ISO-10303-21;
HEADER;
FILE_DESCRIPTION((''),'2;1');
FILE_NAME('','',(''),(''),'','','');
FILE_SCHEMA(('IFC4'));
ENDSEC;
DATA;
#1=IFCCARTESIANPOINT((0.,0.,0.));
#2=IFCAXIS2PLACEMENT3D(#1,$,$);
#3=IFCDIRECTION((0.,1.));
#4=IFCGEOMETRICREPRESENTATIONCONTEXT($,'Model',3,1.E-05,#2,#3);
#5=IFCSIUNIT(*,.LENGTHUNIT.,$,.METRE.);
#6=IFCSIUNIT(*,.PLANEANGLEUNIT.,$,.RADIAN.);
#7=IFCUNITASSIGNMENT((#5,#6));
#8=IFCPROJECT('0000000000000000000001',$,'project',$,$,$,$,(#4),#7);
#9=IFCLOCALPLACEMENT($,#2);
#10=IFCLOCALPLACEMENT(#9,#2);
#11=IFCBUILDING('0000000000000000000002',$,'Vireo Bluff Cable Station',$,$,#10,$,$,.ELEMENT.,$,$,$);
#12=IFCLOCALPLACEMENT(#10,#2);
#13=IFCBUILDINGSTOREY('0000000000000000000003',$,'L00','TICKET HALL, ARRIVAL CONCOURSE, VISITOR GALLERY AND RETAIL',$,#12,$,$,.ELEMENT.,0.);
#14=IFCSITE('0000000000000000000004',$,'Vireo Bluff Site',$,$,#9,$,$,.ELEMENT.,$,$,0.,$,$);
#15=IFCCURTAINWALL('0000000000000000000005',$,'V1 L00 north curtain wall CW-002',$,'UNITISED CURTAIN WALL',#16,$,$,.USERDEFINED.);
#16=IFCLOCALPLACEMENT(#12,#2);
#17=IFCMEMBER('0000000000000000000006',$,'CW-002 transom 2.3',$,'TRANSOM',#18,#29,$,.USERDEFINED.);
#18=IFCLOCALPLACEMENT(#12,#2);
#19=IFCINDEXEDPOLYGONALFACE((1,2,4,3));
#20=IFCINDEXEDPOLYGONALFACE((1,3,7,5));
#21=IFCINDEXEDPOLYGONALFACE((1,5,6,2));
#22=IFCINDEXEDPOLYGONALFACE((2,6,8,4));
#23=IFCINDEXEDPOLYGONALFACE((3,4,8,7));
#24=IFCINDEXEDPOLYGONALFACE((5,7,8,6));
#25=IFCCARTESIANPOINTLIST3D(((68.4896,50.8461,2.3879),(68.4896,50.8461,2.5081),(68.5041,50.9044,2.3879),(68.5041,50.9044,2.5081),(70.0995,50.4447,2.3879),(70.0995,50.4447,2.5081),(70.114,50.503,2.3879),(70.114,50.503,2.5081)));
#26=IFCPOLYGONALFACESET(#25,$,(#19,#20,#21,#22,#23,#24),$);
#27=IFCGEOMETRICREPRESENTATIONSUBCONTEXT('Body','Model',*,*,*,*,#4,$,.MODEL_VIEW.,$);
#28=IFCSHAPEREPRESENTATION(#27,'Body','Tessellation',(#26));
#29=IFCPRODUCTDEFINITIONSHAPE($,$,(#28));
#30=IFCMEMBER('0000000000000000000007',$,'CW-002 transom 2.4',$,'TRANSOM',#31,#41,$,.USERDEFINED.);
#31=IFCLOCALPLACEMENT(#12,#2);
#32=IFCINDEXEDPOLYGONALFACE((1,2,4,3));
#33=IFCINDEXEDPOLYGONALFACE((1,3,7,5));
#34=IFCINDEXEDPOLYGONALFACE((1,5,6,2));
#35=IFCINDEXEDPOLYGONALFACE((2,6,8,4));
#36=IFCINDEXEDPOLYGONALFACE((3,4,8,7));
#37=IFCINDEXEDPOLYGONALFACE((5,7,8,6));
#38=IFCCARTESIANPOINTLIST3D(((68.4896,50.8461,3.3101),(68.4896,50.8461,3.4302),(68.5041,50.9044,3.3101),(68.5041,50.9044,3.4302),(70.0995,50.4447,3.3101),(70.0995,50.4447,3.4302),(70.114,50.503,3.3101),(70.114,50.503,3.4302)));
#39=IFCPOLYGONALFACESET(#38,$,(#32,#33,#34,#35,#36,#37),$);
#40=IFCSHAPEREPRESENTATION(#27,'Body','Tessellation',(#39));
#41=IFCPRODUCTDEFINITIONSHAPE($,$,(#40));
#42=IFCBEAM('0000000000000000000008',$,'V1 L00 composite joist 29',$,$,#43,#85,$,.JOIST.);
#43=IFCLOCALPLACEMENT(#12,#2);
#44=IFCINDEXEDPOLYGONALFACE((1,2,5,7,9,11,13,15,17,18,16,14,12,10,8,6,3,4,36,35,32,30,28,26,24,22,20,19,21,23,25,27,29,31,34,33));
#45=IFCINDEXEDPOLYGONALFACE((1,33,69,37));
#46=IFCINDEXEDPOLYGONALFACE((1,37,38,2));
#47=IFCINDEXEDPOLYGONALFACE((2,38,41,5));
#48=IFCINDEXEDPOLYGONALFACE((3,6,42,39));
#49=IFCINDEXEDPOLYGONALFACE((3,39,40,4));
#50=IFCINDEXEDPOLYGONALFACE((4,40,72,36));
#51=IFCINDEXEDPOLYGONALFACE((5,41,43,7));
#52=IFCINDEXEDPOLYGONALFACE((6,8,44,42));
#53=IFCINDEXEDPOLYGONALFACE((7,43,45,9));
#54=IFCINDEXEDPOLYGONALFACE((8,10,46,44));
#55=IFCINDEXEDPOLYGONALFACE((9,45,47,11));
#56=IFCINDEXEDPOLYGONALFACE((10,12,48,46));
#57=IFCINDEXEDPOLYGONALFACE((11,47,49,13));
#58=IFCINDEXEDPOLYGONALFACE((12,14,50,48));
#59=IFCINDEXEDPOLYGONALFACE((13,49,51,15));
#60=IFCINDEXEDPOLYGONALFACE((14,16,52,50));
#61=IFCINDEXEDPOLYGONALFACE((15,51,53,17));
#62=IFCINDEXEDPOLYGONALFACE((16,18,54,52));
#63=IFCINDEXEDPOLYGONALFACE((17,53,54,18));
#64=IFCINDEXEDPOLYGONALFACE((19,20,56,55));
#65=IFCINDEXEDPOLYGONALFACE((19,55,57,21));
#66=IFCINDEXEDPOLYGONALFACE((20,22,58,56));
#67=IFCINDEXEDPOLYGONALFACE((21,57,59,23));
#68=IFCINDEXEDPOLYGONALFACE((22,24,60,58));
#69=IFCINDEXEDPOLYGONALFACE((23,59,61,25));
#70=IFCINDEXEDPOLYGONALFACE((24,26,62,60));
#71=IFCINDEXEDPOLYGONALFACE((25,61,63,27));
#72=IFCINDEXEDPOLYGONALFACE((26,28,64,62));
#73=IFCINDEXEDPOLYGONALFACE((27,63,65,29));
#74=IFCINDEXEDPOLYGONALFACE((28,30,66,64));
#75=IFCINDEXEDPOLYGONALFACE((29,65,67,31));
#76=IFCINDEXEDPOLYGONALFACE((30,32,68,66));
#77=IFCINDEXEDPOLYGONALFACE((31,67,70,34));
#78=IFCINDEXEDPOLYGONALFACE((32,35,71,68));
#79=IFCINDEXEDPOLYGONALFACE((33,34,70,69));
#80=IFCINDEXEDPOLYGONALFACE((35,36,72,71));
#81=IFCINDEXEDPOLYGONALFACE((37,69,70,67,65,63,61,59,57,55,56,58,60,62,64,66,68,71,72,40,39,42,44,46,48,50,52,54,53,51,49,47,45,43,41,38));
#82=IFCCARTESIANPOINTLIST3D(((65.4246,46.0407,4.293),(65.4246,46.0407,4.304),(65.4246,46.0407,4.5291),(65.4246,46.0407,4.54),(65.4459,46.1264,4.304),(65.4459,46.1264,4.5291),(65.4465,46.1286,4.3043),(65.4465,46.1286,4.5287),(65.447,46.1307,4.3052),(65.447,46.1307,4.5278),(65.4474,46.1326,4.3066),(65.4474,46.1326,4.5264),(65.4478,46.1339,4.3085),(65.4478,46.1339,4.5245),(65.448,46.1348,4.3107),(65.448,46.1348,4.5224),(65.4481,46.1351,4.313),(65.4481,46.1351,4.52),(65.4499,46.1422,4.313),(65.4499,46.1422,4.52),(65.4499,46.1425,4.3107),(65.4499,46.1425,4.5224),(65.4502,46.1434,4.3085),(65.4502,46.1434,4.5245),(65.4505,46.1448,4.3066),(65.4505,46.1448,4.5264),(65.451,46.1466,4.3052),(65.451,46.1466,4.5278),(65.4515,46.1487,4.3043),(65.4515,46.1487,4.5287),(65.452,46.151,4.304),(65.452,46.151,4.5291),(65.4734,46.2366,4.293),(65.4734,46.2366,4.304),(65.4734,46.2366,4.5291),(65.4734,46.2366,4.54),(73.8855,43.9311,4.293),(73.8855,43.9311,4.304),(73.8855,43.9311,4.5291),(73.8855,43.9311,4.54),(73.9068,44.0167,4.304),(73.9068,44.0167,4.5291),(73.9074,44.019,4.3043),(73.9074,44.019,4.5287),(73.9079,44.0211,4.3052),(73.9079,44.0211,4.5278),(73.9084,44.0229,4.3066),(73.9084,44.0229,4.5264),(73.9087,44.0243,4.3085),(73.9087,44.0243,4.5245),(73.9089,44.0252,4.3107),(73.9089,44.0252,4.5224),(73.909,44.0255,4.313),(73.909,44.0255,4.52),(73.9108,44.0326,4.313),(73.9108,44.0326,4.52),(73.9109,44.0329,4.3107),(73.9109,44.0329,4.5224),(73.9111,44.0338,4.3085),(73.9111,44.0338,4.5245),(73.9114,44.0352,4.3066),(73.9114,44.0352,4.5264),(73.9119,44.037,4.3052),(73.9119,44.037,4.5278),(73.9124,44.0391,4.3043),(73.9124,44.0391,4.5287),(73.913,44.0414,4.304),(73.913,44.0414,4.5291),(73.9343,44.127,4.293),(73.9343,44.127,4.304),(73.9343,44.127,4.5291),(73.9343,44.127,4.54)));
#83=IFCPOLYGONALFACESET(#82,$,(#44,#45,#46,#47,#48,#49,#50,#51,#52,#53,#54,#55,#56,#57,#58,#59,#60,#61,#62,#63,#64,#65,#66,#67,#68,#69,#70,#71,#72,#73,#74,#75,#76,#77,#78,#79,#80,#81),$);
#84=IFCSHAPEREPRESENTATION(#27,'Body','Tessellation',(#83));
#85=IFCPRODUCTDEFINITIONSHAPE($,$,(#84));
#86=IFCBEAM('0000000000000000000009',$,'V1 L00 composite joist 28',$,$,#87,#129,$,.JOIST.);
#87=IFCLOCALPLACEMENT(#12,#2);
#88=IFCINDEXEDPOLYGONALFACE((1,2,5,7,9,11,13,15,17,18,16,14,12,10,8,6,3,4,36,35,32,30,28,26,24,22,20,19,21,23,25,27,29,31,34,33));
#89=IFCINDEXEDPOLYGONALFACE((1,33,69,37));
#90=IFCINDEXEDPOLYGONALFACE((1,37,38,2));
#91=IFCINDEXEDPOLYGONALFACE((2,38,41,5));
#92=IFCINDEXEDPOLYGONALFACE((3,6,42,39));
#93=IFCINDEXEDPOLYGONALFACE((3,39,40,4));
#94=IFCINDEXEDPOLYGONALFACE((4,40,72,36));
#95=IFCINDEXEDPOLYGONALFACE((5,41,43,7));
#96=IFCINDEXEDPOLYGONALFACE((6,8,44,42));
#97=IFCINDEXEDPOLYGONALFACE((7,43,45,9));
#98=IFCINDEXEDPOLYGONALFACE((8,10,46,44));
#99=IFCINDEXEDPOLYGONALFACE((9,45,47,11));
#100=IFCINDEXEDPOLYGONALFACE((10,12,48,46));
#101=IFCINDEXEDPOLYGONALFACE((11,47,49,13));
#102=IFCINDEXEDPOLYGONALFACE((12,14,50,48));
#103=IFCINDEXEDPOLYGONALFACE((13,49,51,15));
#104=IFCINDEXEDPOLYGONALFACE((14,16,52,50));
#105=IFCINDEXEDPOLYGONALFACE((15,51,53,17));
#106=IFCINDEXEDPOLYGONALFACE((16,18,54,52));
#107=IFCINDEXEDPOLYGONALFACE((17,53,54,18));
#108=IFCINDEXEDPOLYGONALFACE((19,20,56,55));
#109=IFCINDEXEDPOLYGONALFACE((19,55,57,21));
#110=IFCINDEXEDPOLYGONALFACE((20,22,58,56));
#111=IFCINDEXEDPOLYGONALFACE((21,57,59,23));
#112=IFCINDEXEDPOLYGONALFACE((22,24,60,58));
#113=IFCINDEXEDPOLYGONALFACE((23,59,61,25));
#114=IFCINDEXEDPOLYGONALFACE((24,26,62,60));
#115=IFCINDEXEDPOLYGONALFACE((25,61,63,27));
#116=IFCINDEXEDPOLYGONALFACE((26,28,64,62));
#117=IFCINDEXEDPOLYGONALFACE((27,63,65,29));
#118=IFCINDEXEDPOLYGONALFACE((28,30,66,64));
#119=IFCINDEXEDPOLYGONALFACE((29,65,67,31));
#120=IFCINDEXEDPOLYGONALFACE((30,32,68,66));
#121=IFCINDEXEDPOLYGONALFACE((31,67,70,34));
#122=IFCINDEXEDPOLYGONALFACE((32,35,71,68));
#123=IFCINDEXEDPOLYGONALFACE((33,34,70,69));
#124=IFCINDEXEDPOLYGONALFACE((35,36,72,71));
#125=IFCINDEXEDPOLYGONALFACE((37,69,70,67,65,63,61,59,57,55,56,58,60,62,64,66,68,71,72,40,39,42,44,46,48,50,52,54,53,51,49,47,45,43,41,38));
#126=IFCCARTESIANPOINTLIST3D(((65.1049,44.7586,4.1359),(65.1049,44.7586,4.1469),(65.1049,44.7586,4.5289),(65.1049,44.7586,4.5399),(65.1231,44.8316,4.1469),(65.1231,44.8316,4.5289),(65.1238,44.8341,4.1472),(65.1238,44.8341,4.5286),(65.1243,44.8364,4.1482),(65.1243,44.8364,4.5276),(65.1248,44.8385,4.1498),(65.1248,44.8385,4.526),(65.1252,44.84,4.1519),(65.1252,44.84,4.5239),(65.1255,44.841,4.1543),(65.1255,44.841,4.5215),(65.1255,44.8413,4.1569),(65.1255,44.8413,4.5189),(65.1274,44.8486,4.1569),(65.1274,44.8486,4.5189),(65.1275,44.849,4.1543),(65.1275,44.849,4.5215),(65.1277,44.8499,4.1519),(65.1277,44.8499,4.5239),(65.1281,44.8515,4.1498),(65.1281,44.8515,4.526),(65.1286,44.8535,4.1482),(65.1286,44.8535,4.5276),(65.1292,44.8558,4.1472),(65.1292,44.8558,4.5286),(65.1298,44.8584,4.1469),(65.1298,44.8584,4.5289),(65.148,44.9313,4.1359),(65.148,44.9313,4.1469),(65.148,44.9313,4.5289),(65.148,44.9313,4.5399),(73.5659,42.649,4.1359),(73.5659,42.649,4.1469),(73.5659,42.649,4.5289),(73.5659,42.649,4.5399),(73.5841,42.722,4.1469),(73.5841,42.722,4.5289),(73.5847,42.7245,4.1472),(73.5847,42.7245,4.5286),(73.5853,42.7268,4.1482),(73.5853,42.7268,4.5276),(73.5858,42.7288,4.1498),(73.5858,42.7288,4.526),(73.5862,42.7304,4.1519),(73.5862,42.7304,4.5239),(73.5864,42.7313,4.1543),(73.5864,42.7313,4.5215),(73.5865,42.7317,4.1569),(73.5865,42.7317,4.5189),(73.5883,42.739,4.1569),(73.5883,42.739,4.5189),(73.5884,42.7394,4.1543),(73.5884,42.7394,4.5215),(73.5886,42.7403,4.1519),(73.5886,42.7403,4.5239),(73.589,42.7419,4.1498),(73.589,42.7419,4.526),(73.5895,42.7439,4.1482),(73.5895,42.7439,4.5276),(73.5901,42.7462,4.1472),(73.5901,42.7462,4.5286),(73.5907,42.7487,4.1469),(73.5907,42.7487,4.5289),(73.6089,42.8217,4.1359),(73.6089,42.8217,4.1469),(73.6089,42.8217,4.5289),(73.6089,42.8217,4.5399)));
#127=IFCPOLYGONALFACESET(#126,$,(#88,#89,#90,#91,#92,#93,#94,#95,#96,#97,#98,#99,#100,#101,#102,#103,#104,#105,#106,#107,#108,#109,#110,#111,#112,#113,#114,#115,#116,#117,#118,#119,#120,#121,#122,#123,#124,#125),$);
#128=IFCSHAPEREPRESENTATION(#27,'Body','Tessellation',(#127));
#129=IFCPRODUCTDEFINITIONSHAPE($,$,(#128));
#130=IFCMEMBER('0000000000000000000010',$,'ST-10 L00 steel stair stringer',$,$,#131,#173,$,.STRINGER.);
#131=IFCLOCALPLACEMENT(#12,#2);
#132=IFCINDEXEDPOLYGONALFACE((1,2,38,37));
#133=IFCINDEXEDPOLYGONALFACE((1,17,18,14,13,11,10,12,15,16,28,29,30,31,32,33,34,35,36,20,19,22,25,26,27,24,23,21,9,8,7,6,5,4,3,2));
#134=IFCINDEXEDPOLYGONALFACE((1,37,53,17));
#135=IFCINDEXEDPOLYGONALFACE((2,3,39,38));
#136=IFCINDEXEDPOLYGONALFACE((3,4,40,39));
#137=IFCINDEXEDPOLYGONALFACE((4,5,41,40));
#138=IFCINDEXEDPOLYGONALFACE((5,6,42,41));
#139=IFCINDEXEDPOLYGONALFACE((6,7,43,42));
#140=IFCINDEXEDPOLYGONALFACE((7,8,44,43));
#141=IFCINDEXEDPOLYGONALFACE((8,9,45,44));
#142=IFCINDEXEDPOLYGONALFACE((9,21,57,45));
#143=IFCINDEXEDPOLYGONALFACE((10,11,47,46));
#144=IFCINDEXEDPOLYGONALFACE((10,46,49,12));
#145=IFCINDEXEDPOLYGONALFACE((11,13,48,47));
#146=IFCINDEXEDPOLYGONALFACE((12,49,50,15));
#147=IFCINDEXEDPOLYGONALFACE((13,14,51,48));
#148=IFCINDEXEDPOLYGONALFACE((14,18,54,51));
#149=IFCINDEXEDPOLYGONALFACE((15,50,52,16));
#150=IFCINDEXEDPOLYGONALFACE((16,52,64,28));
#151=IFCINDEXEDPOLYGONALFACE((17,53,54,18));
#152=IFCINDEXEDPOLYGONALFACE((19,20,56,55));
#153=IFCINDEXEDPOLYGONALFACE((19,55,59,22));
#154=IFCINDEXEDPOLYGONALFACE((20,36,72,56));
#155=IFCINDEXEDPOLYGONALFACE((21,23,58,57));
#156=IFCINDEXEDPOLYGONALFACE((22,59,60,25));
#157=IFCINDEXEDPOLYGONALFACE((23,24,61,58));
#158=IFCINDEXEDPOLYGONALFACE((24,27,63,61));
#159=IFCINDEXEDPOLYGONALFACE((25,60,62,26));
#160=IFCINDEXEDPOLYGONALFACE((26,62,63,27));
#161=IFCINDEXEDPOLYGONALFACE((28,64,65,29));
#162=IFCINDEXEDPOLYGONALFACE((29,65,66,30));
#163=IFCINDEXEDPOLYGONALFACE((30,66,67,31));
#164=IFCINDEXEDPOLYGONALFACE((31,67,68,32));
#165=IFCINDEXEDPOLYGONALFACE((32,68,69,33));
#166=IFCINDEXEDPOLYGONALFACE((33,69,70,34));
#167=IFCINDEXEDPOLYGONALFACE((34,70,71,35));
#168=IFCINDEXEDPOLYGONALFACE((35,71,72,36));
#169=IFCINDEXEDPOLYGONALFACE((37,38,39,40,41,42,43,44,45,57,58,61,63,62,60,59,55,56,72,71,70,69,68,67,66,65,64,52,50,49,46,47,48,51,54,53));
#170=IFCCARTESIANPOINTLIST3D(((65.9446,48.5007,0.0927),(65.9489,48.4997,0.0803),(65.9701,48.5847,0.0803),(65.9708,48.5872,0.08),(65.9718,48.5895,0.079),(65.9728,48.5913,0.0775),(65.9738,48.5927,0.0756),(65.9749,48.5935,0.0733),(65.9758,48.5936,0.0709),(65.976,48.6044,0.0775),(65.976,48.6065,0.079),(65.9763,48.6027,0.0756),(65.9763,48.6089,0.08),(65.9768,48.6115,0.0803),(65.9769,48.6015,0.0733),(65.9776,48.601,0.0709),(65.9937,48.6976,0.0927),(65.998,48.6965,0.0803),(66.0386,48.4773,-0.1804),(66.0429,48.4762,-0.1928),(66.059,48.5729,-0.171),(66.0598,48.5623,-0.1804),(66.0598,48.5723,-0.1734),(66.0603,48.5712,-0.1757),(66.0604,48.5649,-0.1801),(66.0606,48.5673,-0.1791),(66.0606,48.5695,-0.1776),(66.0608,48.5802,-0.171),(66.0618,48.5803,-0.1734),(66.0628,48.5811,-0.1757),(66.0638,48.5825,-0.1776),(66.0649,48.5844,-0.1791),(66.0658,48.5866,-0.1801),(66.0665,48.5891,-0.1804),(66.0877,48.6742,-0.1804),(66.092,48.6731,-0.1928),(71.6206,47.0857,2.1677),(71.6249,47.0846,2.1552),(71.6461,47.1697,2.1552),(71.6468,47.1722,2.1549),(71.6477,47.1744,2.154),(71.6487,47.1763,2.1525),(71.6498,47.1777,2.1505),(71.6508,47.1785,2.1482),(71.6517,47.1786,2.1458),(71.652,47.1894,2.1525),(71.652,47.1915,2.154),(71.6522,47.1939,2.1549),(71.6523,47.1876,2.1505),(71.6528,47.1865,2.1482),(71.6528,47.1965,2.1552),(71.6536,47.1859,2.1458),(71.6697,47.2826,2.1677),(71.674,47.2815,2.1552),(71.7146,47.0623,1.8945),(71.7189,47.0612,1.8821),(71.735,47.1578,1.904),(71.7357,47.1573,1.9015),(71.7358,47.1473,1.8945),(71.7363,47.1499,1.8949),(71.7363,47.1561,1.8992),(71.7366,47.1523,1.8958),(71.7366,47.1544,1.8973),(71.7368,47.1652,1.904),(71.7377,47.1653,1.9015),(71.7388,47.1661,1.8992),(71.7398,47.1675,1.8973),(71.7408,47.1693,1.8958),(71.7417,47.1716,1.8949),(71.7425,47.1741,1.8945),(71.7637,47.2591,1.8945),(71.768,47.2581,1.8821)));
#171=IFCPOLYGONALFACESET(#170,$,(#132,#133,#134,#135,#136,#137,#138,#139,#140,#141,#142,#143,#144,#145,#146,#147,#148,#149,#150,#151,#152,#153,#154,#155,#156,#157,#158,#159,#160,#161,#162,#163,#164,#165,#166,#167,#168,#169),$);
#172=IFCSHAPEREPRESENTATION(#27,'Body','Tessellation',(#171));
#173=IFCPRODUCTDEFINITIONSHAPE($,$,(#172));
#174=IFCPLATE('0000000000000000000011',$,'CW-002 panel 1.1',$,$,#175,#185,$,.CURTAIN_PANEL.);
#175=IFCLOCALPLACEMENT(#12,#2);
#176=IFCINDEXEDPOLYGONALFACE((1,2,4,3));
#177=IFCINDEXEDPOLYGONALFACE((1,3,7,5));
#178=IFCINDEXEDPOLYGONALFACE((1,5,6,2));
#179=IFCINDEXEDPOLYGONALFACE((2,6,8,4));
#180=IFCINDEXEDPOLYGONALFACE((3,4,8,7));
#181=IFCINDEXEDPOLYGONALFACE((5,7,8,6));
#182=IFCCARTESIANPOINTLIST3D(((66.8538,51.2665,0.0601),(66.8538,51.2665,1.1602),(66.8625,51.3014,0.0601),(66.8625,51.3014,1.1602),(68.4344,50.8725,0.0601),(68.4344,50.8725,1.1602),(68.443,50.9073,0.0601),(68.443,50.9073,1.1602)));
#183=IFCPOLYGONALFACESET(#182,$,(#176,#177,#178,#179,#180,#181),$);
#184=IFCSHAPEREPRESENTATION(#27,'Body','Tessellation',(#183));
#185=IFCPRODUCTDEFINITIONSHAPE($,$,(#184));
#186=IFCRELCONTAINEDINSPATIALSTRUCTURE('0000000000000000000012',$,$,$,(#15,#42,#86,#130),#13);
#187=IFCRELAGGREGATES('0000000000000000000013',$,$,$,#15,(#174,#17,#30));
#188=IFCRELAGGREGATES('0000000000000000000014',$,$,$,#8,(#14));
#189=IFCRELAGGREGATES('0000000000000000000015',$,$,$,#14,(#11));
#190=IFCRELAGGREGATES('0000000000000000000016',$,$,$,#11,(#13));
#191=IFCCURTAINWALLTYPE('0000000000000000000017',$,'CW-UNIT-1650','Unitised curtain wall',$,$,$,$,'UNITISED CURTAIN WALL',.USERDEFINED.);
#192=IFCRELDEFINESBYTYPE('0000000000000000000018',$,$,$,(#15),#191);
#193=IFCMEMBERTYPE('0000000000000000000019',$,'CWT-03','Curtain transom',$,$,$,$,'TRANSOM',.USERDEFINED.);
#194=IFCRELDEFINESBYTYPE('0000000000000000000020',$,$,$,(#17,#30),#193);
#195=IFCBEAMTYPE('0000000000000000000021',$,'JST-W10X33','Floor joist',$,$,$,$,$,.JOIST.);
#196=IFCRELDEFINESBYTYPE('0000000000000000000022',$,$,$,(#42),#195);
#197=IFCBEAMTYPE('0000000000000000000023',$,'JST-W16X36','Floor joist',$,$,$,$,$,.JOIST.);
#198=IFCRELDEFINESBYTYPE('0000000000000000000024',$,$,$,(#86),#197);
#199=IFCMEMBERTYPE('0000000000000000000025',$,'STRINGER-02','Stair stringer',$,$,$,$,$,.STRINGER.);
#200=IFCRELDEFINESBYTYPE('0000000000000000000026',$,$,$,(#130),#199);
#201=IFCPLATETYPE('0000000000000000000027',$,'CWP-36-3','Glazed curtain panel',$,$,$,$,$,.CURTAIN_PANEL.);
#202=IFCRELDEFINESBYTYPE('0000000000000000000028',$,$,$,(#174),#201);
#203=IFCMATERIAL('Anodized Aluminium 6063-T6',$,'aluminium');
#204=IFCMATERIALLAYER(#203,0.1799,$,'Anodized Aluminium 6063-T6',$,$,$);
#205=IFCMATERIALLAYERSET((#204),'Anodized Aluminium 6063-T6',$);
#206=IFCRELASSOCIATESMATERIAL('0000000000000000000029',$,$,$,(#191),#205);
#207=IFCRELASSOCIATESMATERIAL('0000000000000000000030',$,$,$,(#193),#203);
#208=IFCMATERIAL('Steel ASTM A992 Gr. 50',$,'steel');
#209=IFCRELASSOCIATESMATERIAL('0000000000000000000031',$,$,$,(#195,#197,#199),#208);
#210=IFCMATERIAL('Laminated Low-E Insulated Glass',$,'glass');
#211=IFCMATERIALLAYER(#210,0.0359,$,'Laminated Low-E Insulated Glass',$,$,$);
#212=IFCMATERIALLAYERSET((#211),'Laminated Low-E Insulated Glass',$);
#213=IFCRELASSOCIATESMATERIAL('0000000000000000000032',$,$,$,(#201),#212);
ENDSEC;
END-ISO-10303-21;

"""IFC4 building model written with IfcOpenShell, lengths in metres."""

from ifc_helpers import new_model, si_unit, direction, frame, origin, origin_2d, place, context, subcontext, project, spatial, rectangle, i_section, extrude, material, layer, layer_set, material_profile, profile_set, type_object, element, aggregate, save


model = new_model("IFC4")

# Units and contexts
model_context = context("Model", 3, precision=1e-05, world=origin(), true_north=direction((0.0, 1.0)))
body_context = subcontext(model_context, "Body", "Model", "MODEL_VIEW")
ifc_project = project(units=[si_unit("LENGTHUNIT", "METRE"), si_unit("PLANEANGLEUNIT", "RADIAN")], contexts=[model_context])

# Site, building, storey
site_placement = place(None, origin())
site = spatial("IfcSite", under=ifc_project, at=site_placement, Name="Vireo Bluff Site", CompositionType="ELEMENT", RefElevation=0.0)
building_placement = place(site_placement, origin())
building = spatial("IfcBuilding", under=site, at=building_placement, Name="Vireo Bluff Cable Station", CompositionType="ELEMENT")
storey_placement = place(building_placement, origin())
storey = spatial("IfcBuildingStorey", under=building, at=storey_placement, Name="L00", Description="TICKET HALL, ARRIVAL CONCOURSE, VISITOR GALLERY AND RETAIL", CompositionType="ELEMENT", Elevation=0.0)

# Curtain wall, members
ifc_material_1 = material(Name="Anodized Aluminium 6063-T6", Category="aluminium")
ifc_layer_1 = layer(ifc_material_1, 0.1799, Name="Anodized Aluminium 6063-T6")
ifc_layer_set_1 = layer_set([ifc_layer_1], Name="Anodized Aluminium 6063-T6")
curtain_wall_type = type_object("IfcCurtainWallType", Name="CW-UNIT-1650", Description="Unitised curtain wall", ElementType="UNITISED CURTAIN WALL", PredefinedType="USERDEFINED", material=ifc_layer_set_1)
curtain_wall_placement = place(storey_placement, origin())
curtain_wall = element("IfcCurtainWall", 1, at=curtain_wall_placement, inside=storey, type_object=curtain_wall_type, Name="V1 L00 north curtain wall CW-002", ObjectType="UNITISED CURTAIN WALL", PredefinedType="USERDEFINED")
ifc_material_profile_1 = material_profile(ifc_material_1, rectangle(XDim=0.0601, YDim=0.1201, at=origin_2d()), Name="ALU-T-60X120")
ifc_profile_set_1 = profile_set([ifc_material_profile_1], Name="Anodized Aluminium 6063-T6")
member_type_1 = type_object("IfcMemberType", Name="CWT-03", Description="Curtain transom", ElementType="TRANSOM", PredefinedType="USERDEFINED", material=ifc_profile_set_1)
member_1_placement = place(storey_placement, frame((68.4968, 50.8752, 2.448), z_axis=(0.970298, -0.241912, 0.0), x_axis=(0.241912, 0.970298, 0.0)))
member_1 = element("IfcMember", 2, at=member_1_placement, type_object=member_type_1, Name="CW-002 transom 2.3", ObjectType="TRANSOM", PredefinedType="USERDEFINED", context=body_context, shape_type="SweptSolid", body=[
    extrude(rectangle(XDim=0.0601, YDim=0.1201, at=origin_2d()), origin(), (0.0, 0.0, 1.0), 1.6592),
])
member_2_placement = place(storey_placement, frame((68.4968, 50.8752, 3.3701), z_axis=(0.970298, -0.241912, 0.0), x_axis=(0.241912, 0.970298, 0.0)))
member_2 = element("IfcMember", 3, at=member_2_placement, type_object=member_type_1, Name="CW-002 transom 2.4", ObjectType="TRANSOM", PredefinedType="USERDEFINED", context=body_context, shape_type="SweptSolid", body=[
    extrude(rectangle(XDim=0.0601, YDim=0.1201, at=origin_2d()), origin(), (0.0, 0.0, 1.0), 1.6592),
])

# Beams
ifc_material_2 = material(Name="Steel ASTM A992 Gr. 50", Category="steel")
ifc_material_profile_2 = material_profile(ifc_material_2, i_section(OverallWidth=0.2019, OverallDepth=0.2471, WebThickness=0.0073, FlangeThickness=0.011, FilletRadius=0.009, at=origin_2d()), Name="W10X33")
ifc_profile_set_2 = profile_set([ifc_material_profile_2], Name="Steel ASTM A992 Gr. 50")
beam_type_1 = type_object("IfcBeamType", Name="JST-W10X33", Description="Floor joist", PredefinedType="JOIST", material=ifc_profile_set_2)
beam_1_placement = place(storey_placement, frame((65.449, 46.1387, 4.4165), z_axis=(0.970294, -0.24193, 0.0), x_axis=(0.24193, 0.970294, 0.0)))
element("IfcBeam", 4, at=beam_1_placement, inside=storey, type_object=beam_type_1, Name="V1 L00 composite joist 29", PredefinedType="JOIST", context=body_context, shape_type="SweptSolid", body=[
    extrude(i_section(OverallWidth=0.2019, OverallDepth=0.2471, WebThickness=0.0073, FlangeThickness=0.011, FilletRadius=0.009, at=origin_2d()), origin(), (0.0, 0.0, 1.0), 8.72),
])
ifc_material_profile_3 = material_profile(ifc_material_2, i_section(OverallWidth=0.178, OverallDepth=0.4041, WebThickness=0.0076, FlangeThickness=0.011, FilletRadius=0.01, at=origin_2d()), Name="W16X36")
ifc_profile_set_3 = profile_set([ifc_material_profile_3], Name="Steel ASTM A992 Gr. 50")
beam_type_2 = type_object("IfcBeamType", Name="JST-W16X36", Description="Floor joist", PredefinedType="JOIST", material=ifc_profile_set_3)
beam_2_placement = place(storey_placement, frame((65.1265, 44.845, 4.3379), z_axis=(0.970294, -0.24193, 0.0), x_axis=(0.24193, 0.970294, 0.0)))
element("IfcBeam", 5, at=beam_2_placement, inside=storey, type_object=beam_type_2, Name="V1 L00 composite joist 28", PredefinedType="JOIST", context=body_context, shape_type="SweptSolid", body=[
    extrude(i_section(OverallWidth=0.178, OverallDepth=0.4041, WebThickness=0.0076, FlangeThickness=0.011, FilletRadius=0.01, at=origin_2d()), origin(), (0.0, 0.0, 1.0), 8.72),
])

# Member
ifc_material_profile_4 = material_profile(ifc_material_2, i_section(OverallWidth=0.2029, OverallDepth=0.303, WebThickness=0.0076, FlangeThickness=0.0132, FilletRadius=0.01, at=origin_2d()), Name="W12X40")
ifc_profile_set_4 = profile_set([ifc_material_profile_4], Name="Steel ASTM A992 Gr. 50")
member_type_2 = type_object("IfcMemberType", Name="STRINGER-02", Description="Stair stringer", PredefinedType="STRINGER", material=ifc_profile_set_4)
member_3_placement = place(storey_placement, frame((66.0183, 48.5869, -0.05), z_axis=(0.914477, -0.22798, 0.3343), x_axis=(0.241897, 0.970302, 0.0)))
element("IfcMember", 6, at=member_3_placement, inside=storey, type_object=member_type_2, Name="ST-10 L00 steel stair stringer", PredefinedType="STRINGER", context=body_context, shape_type="SweptSolid", body=[
    extrude(i_section(OverallWidth=0.2029, OverallDepth=0.303, WebThickness=0.0076, FlangeThickness=0.0132, FilletRadius=0.01, at=origin_2d()), origin(), (0.0, 0.0, 1.0), 6.2068),
])

# Plate
ifc_material_3 = material(Name="Laminated Low-E Insulated Glass", Category="glass")
ifc_layer_2 = layer(ifc_material_3, 0.0359, Name="Laminated Low-E Insulated Glass")
ifc_layer_set_2 = layer_set([ifc_layer_2], Name="Laminated Low-E Insulated Glass")
plate_type = type_object("IfcPlateType", Name="CWP-36-3", Description="Glazed curtain panel", PredefinedType="CURTAIN_PANEL", material=ifc_layer_set_2)
plate_1_placement = place(storey_placement, frame((67.6484, 51.0869, 0.0601), z_axis=(0.0, 0.0, 1.0), x_axis=(0.970296, -0.241922, 0.0)))
plate_1 = element("IfcPlate", 7, at=plate_1_placement, type_object=plate_type, Name="CW-002 panel 1.1", PredefinedType="CURTAIN_PANEL", context=body_context, shape_type="SweptSolid", body=[
    extrude(rectangle(XDim=1.6289, YDim=0.0359, at=origin_2d()), origin(), (0.0, 0.0, 1.0), 1.1001),
])
aggregate(curtain_wall, [plate_1, member_1, member_2])

save(model, "model.ifc")
